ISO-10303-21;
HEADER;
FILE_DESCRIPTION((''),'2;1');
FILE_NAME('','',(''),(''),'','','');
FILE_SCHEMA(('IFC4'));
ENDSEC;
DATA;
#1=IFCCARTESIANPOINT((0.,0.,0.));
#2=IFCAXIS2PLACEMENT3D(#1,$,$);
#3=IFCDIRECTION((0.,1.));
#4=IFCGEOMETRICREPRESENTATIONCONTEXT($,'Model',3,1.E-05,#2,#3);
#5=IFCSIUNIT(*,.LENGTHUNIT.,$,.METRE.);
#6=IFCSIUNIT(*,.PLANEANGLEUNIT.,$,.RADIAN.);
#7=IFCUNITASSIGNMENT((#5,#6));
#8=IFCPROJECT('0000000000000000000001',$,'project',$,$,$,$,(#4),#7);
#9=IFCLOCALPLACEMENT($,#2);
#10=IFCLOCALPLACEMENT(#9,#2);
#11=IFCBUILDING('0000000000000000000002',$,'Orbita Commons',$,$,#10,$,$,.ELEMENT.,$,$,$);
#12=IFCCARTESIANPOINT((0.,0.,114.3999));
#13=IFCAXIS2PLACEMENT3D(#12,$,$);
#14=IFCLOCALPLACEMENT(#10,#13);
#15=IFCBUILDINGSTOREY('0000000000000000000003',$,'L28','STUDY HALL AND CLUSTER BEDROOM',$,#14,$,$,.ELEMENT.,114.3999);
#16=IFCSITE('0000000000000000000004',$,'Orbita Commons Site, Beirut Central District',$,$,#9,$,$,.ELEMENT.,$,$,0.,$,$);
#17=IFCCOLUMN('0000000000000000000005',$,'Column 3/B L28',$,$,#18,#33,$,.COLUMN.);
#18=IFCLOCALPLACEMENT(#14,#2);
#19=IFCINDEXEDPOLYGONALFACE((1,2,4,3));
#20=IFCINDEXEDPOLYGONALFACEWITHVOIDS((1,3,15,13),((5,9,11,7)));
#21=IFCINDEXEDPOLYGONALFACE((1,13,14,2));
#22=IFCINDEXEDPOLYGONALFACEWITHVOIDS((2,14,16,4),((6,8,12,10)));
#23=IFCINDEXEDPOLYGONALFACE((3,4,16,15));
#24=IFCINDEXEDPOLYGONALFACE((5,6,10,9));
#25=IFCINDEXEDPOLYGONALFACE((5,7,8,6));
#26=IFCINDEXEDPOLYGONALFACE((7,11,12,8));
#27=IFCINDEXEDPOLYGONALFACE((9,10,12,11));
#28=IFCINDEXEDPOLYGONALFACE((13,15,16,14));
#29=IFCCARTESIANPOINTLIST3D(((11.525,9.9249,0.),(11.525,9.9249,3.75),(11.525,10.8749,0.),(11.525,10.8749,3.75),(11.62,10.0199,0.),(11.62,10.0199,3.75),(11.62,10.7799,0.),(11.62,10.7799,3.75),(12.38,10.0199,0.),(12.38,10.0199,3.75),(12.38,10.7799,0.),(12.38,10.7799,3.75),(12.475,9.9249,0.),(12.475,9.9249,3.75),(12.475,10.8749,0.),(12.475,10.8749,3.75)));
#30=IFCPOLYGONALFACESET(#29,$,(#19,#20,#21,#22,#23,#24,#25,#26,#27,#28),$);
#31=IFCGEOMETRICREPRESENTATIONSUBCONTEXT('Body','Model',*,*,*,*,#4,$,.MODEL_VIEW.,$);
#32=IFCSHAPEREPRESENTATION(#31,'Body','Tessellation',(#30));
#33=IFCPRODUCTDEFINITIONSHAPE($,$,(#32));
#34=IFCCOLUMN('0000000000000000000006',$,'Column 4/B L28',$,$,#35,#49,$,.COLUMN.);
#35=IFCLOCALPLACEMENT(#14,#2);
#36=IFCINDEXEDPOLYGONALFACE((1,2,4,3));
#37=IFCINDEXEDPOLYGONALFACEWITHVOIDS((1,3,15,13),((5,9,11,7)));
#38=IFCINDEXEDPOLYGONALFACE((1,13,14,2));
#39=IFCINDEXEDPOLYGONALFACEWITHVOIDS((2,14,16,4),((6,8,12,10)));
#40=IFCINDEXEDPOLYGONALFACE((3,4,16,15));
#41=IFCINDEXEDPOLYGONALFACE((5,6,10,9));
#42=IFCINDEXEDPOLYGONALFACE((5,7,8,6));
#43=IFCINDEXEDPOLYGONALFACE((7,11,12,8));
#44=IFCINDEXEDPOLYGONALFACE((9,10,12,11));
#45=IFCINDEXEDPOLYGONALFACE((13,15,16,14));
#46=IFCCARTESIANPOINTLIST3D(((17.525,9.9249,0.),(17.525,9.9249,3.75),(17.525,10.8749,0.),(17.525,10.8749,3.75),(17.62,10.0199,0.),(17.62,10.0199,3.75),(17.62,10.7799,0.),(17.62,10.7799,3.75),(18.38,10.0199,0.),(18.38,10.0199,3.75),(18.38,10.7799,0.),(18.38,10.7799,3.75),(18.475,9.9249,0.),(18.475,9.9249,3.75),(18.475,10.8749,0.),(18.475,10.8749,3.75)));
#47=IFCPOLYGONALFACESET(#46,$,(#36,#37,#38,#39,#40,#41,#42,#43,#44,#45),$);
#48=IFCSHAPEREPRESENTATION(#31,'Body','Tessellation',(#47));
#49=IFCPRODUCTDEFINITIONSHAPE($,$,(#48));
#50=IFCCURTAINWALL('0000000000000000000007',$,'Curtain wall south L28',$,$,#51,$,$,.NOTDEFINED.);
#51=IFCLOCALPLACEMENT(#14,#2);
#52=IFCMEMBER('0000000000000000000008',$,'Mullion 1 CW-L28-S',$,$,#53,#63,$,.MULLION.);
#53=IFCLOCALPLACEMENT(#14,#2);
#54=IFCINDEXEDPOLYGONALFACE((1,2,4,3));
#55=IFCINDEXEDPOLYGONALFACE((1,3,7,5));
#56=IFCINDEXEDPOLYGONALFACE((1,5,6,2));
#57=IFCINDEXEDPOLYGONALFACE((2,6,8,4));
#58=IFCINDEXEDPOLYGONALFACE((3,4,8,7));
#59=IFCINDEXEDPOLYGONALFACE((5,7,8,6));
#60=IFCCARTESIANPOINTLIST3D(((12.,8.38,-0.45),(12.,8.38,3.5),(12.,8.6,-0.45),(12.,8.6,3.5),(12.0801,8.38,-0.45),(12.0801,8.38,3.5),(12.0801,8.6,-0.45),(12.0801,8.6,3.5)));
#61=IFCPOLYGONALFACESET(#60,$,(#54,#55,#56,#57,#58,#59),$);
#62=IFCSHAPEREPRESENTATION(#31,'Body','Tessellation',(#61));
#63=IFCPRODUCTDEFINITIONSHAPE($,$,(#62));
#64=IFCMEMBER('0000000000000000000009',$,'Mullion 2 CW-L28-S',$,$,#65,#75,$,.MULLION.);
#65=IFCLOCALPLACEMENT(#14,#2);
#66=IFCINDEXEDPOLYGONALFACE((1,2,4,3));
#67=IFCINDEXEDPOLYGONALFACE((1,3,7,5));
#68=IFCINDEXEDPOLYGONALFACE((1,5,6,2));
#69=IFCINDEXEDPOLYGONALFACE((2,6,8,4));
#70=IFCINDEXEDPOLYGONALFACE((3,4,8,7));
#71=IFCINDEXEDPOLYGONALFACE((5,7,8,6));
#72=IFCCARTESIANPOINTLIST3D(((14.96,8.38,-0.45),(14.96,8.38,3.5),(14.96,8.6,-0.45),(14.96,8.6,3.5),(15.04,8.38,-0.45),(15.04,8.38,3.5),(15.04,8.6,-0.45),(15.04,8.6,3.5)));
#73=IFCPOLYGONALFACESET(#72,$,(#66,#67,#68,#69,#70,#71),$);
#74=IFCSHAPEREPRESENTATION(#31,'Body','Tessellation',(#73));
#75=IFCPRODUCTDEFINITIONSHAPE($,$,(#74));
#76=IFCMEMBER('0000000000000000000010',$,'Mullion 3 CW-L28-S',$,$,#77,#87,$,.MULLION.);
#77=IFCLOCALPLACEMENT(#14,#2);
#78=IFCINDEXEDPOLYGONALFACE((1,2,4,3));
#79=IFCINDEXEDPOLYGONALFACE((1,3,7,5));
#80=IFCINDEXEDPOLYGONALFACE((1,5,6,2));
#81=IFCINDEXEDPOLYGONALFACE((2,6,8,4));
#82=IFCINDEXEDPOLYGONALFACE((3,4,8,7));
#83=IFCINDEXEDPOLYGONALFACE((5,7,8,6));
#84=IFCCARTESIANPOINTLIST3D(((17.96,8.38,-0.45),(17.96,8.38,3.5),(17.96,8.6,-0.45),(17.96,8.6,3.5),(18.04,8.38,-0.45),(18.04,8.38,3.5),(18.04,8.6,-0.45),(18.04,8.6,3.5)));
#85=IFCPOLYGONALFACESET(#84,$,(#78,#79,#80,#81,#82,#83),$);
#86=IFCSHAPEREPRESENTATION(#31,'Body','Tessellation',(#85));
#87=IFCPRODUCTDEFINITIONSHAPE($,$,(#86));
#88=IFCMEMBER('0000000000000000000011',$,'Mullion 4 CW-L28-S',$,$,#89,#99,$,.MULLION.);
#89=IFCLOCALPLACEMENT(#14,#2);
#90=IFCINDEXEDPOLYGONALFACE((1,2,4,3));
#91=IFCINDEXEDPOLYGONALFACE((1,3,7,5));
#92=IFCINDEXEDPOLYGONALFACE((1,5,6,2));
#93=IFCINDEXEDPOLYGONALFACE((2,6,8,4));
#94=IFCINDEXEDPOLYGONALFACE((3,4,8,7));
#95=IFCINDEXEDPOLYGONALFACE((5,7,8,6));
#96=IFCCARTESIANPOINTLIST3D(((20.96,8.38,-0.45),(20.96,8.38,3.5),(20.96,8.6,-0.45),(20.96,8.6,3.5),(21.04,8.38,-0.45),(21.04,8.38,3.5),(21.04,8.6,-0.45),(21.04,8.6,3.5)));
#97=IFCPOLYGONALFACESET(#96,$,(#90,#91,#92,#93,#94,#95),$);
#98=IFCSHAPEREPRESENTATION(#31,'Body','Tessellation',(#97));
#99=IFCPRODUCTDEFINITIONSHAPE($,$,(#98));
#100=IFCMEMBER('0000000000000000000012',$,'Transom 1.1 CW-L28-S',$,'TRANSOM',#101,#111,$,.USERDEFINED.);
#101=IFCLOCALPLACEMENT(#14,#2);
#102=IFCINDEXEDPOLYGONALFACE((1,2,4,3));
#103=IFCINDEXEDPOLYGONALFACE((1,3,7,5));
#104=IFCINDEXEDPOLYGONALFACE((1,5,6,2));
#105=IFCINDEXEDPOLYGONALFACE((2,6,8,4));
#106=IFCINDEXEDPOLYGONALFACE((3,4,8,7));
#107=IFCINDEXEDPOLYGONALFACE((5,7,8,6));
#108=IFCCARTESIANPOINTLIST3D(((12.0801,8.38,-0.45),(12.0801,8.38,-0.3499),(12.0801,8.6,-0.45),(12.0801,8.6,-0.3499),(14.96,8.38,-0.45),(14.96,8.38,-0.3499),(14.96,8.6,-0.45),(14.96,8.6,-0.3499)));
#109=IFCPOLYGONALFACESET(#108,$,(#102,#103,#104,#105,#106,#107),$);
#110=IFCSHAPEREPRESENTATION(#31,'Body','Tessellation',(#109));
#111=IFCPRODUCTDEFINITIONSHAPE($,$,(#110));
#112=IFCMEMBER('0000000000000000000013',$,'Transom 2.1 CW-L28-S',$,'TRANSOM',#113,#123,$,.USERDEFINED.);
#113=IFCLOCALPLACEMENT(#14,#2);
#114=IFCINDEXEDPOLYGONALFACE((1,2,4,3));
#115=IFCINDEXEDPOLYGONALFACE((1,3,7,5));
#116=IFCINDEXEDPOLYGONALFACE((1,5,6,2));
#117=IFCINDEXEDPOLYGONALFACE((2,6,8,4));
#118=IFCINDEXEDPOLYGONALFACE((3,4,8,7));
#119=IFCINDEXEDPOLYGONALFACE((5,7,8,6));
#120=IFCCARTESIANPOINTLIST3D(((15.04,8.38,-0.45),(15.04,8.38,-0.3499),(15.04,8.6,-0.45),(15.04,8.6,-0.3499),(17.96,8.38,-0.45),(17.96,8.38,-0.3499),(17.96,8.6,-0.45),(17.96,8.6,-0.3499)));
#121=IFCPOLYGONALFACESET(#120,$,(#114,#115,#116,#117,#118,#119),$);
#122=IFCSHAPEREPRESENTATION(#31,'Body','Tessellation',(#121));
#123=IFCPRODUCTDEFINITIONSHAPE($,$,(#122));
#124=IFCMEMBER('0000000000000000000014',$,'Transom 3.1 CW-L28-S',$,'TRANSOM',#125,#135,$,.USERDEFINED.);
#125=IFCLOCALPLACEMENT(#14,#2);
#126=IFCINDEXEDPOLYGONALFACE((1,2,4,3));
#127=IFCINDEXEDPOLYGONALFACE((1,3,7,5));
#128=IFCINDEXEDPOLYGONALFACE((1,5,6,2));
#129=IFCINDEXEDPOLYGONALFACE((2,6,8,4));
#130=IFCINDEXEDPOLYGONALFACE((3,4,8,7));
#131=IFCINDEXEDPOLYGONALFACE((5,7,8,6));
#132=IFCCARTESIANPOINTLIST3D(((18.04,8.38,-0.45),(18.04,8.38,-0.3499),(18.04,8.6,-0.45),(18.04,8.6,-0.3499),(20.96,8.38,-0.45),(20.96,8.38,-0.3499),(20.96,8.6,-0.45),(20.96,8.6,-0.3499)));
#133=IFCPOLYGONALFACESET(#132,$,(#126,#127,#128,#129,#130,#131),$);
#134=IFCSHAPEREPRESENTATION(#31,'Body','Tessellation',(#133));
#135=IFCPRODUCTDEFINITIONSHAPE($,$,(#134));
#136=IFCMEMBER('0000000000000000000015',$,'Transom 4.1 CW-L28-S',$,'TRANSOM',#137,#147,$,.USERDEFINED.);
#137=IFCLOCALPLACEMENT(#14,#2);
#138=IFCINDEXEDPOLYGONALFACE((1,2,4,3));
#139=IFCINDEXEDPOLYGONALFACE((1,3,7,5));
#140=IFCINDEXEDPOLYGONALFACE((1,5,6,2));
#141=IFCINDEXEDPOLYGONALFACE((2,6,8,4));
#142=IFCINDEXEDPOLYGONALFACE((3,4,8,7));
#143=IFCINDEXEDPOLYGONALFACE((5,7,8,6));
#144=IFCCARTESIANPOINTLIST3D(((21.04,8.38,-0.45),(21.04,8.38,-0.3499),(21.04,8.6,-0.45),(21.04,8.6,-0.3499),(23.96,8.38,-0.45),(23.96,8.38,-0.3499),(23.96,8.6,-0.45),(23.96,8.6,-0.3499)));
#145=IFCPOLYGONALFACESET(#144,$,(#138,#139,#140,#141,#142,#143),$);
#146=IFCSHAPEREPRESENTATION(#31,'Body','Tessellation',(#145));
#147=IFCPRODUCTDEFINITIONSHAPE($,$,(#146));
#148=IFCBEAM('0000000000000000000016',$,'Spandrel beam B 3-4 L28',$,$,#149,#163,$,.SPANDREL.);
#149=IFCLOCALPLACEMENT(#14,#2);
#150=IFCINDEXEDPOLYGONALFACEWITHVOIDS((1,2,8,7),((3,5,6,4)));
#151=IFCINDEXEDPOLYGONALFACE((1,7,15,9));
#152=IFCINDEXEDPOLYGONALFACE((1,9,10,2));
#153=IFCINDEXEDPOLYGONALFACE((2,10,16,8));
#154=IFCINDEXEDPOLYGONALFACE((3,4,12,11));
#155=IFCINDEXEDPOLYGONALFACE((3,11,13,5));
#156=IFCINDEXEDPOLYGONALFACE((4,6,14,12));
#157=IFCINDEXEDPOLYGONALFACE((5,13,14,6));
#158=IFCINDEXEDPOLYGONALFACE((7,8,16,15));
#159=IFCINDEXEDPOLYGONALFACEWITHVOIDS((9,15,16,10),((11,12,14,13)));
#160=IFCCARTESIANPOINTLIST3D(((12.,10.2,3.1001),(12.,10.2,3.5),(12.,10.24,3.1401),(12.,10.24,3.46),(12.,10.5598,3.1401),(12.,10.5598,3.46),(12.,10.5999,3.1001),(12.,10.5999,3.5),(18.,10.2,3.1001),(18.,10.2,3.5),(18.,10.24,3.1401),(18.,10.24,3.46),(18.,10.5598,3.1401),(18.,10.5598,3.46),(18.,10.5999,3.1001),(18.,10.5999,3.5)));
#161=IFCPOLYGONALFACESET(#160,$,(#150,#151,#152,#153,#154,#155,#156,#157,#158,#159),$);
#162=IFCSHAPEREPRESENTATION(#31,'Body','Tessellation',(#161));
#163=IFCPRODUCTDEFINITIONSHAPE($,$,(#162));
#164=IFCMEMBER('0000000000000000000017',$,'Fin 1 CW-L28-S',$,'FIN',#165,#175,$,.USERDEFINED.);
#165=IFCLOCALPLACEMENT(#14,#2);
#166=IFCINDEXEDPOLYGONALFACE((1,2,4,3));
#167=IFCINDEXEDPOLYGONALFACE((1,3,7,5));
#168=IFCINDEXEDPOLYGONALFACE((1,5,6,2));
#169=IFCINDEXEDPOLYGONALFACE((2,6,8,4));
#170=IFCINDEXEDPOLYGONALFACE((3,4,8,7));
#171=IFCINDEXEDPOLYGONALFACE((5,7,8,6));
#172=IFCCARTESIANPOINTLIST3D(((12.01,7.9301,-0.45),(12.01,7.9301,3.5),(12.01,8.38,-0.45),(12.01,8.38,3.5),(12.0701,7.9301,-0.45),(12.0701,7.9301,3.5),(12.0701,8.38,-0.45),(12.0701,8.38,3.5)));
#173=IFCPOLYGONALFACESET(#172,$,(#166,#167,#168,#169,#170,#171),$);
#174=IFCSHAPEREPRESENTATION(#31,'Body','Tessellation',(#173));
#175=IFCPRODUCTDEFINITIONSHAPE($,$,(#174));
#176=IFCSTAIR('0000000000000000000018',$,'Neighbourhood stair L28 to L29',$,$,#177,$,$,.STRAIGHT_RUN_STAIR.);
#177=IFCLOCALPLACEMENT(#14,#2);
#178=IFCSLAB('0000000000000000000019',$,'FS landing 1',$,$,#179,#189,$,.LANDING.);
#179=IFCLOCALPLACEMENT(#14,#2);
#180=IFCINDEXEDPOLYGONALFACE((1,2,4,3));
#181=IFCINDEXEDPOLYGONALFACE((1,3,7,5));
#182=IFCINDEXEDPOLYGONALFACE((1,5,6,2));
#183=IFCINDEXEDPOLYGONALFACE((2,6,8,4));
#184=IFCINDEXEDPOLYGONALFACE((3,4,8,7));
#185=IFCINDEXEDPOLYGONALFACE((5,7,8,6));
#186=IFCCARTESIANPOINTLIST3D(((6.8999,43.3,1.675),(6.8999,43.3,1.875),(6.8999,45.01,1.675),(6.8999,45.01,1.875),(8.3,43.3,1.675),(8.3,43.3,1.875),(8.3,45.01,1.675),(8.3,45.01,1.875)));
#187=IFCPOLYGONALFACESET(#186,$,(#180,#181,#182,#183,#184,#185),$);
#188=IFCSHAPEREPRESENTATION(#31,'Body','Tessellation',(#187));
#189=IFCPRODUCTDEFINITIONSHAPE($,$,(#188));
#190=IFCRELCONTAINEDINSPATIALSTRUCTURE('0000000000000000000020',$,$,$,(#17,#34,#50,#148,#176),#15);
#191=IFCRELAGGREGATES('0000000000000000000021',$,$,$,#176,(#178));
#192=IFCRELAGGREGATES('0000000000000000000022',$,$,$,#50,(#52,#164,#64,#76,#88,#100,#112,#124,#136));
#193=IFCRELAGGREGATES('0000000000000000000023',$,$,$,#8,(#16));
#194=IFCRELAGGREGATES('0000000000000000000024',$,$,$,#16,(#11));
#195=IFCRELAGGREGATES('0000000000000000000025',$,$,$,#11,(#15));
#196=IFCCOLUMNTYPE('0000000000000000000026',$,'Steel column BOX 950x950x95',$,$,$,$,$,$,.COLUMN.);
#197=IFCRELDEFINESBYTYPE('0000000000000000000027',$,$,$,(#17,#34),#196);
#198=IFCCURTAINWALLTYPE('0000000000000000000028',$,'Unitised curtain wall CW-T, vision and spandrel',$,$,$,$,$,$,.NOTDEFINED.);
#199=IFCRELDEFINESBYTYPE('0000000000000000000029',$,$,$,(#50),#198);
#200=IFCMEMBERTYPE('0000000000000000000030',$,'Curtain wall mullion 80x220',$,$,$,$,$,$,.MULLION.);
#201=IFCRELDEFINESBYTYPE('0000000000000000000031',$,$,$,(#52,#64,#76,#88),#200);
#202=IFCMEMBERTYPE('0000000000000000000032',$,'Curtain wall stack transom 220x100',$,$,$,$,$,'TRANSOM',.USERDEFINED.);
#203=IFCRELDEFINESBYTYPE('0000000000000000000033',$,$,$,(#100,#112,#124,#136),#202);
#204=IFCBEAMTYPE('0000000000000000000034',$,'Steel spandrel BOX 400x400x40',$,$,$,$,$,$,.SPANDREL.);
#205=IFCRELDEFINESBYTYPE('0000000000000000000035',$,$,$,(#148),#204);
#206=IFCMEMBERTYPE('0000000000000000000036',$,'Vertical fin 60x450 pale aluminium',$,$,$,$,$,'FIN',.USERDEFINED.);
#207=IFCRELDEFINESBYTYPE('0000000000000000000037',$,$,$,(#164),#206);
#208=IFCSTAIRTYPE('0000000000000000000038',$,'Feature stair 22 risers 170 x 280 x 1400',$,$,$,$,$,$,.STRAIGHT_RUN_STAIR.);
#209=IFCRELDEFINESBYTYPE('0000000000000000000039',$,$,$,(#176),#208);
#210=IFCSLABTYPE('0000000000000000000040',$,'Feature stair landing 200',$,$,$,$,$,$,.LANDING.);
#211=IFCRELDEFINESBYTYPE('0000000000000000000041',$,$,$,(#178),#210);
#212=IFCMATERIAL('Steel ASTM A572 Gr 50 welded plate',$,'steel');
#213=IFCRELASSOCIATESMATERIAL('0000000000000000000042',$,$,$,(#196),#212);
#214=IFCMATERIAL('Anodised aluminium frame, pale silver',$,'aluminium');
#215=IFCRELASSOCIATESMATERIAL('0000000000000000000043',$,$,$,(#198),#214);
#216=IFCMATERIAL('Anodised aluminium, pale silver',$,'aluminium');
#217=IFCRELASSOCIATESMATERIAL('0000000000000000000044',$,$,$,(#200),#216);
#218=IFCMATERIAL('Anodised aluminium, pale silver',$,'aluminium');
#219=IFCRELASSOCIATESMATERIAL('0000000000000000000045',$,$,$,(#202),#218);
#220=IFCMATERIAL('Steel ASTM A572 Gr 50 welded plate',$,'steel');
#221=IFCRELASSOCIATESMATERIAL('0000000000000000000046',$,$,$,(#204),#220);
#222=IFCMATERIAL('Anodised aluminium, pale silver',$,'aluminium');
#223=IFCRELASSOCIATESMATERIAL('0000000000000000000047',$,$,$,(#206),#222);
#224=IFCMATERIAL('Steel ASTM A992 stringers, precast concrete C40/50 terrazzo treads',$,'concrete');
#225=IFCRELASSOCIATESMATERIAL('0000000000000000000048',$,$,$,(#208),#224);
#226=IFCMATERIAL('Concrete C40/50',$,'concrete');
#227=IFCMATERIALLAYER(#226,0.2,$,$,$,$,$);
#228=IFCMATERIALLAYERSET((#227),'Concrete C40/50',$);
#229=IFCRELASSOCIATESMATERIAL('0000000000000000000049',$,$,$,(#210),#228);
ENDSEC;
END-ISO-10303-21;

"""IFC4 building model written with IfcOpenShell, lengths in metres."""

from ifc_helpers import new_model, si_unit, direction, frame, origin, origin_2d, place, context, subcontext, project, spatial, polyline, rectangle, hollow_rectangle, outline, extrude, material, layer, layer_set, material_profile, profile_set, type_object, element, aggregate, save


model = new_model("IFC4")

# Units and contexts
model_context = context("Model", 3, precision=1e-05, world=origin(), true_north=direction((0.0, 1.0)))
body_context = subcontext(model_context, "Body", "Model", "MODEL_VIEW")
ifc_project = project(units=[si_unit("LENGTHUNIT", "METRE"), si_unit("PLANEANGLEUNIT", "RADIAN")], contexts=[model_context])

# Site, building, storey
site_placement = place(None, origin())
site = spatial("IfcSite", under=ifc_project, at=site_placement, Name="Orbita Commons Site, Beirut Central District", CompositionType="ELEMENT", RefElevation=0.0)
building_placement = place(site_placement, origin())
building = spatial("IfcBuilding", under=site, at=building_placement, Name="Orbita Commons", CompositionType="ELEMENT")
storey_placement = place(building_placement, frame((0.0, 0.0, 114.3999)))
storey = spatial("IfcBuildingStorey", under=building, at=storey_placement, Name="L28", Description="STUDY HALL AND CLUSTER BEDROOM", CompositionType="ELEMENT", Elevation=114.3999)

# Columns
ifc_material_1 = material(Name="Steel ASTM A572 Gr 50 welded plate", Category="steel")
ifc_material_profile_1 = material_profile(ifc_material_1, hollow_rectangle(XDim=0.95, YDim=0.95, WallThickness=0.095, at=origin_2d()), Name="BOX 950x950x95")
ifc_profile_set_1 = profile_set([ifc_material_profile_1], Name="Steel ASTM A572 Gr 50 welded plate")
column_type = type_object("IfcColumnType", Name="Steel column BOX 950x950x95", PredefinedType="COLUMN", material=ifc_profile_set_1)
for number, where, z_axis, x_axis, name in (
    (1, (12.0, 10.3999, 0.0), (0.0, 0.0, 1.0), (1.0, 0.0, 0.0), "Column 3/B L28"),
    (2, (18.0, 10.3999, 0.0), (0.0, 0.0, 1.0), (1.0, 0.0, 0.0), "Column 4/B L28"),
):
    element("IfcColumn", number, at=place(storey_placement, frame(where, z_axis=z_axis, x_axis=x_axis)), inside=storey, type_object=column_type, Name=name, PredefinedType="COLUMN", context=body_context, shape_type="SweptSolid", body=[
        extrude(hollow_rectangle(XDim=0.95, YDim=0.95, WallThickness=0.095, at=origin_2d()), origin(), (0.0, 0.0, 1.0), 3.75),
    ])

# Curtain wall, members
ifc_material_2 = material(Name="Anodised aluminium frame, pale silver", Category="aluminium")
curtain_wall_type = type_object("IfcCurtainWallType", Name="Unitised curtain wall CW-T, vision and spandrel", PredefinedType="NOTDEFINED", material=ifc_material_2)
curtain_wall_placement = place(storey_placement, origin())
curtain_wall = element("IfcCurtainWall", 3, at=curtain_wall_placement, inside=storey, type_object=curtain_wall_type, Name="Curtain wall south L28", PredefinedType="NOTDEFINED")
ifc_material_3 = material(Name="Anodised aluminium, pale silver", Category="aluminium")
ifc_material_profile_2 = material_profile(ifc_material_3, rectangle(XDim=0.0801, YDim=0.22, at=origin_2d()), Name="AL 80x220")
ifc_profile_set_2 = profile_set([ifc_material_profile_2], Name="Anodised aluminium, pale silver")
member_type_1 = type_object("IfcMemberType", Name="Curtain wall mullion 80x220", PredefinedType="MULLION", material=ifc_profile_set_2)
member_1_placement = place(storey_placement, frame((12.04, 8.49, -0.45), z_axis=(0.0, 0.0, 1.0), x_axis=(1.0, 0.0, 0.0)))
member_1 = element("IfcMember", 4, at=member_1_placement, type_object=member_type_1, Name="Mullion 1 CW-L28-S", PredefinedType="MULLION", context=body_context, shape_type="SweptSolid", body=[
    extrude(rectangle(XDim=0.0801, YDim=0.22, at=origin_2d()), origin(), (0.0, 0.0, 1.0), 3.95),
])
member_2_placement = place(storey_placement, frame((15.0, 8.49, -0.45), z_axis=(0.0, 0.0, 1.0), x_axis=(1.0, 0.0, 0.0)))
member_2 = element("IfcMember", 5, at=member_2_placement, type_object=member_type_1, Name="Mullion 2 CW-L28-S", PredefinedType="MULLION", context=body_context, shape_type="SweptSolid", body=[
    extrude(rectangle(XDim=0.0801, YDim=0.22, at=origin_2d()), origin(), (0.0, 0.0, 1.0), 3.95),
])
member_3_placement = place(storey_placement, frame((18.0, 8.49, -0.45), z_axis=(0.0, 0.0, 1.0), x_axis=(1.0, 0.0, 0.0)))
member_3 = element("IfcMember", 6, at=member_3_placement, type_object=member_type_1, Name="Mullion 3 CW-L28-S", PredefinedType="MULLION", context=body_context, shape_type="SweptSolid", body=[
    extrude(rectangle(XDim=0.0801, YDim=0.22, at=origin_2d()), origin(), (0.0, 0.0, 1.0), 3.95),
])
member_4_placement = place(storey_placement, frame((21.0, 8.49, -0.45), z_axis=(0.0, 0.0, 1.0), x_axis=(1.0, 0.0, 0.0)))
member_4 = element("IfcMember", 7, at=member_4_placement, type_object=member_type_1, Name="Mullion 4 CW-L28-S", PredefinedType="MULLION", context=body_context, shape_type="SweptSolid", body=[
    extrude(rectangle(XDim=0.0801, YDim=0.22, at=origin_2d()), origin(), (0.0, 0.0, 1.0), 3.95),
])
ifc_material_4 = material(Name="Anodised aluminium, pale silver", Category="aluminium")
ifc_material_profile_3 = material_profile(ifc_material_4, rectangle(XDim=0.22, YDim=0.1001, at=origin_2d()), Name="AL 220x100")
ifc_profile_set_3 = profile_set([ifc_material_profile_3], Name="Anodised aluminium, pale silver")
member_type_2 = type_object("IfcMemberType", Name="Curtain wall stack transom 220x100", ElementType="TRANSOM", PredefinedType="USERDEFINED", material=ifc_profile_set_3)
member_5_placement = place(storey_placement, frame((12.0801, 8.49, -0.3999), z_axis=(1.0, 0.0, 0.0), x_axis=(0.0, 1.0, 0.0)))
member_5 = element("IfcMember", 8, at=member_5_placement, type_object=member_type_2, Name="Transom 1.1 CW-L28-S", ObjectType="TRANSOM", PredefinedType="USERDEFINED", context=body_context, shape_type="SweptSolid", body=[
    extrude(rectangle(XDim=0.22, YDim=0.1001, at=origin_2d()), origin(), (0.0, 0.0, 1.0), 2.8799),
])
member_6_placement = place(storey_placement, frame((15.04, 8.49, -0.3999), z_axis=(1.0, 0.0, 0.0), x_axis=(0.0, 1.0, 0.0)))
member_6 = element("IfcMember", 9, at=member_6_placement, type_object=member_type_2, Name="Transom 2.1 CW-L28-S", ObjectType="TRANSOM", PredefinedType="USERDEFINED", context=body_context, shape_type="SweptSolid", body=[
    extrude(rectangle(XDim=0.22, YDim=0.1001, at=origin_2d()), origin(), (0.0, 0.0, 1.0), 2.9199),
])
member_7_placement = place(storey_placement, frame((18.04, 8.49, -0.3999), z_axis=(1.0, 0.0, 0.0), x_axis=(0.0, 1.0, 0.0)))
member_7 = element("IfcMember", 10, at=member_7_placement, type_object=member_type_2, Name="Transom 3.1 CW-L28-S", ObjectType="TRANSOM", PredefinedType="USERDEFINED", context=body_context, shape_type="SweptSolid", body=[
    extrude(rectangle(XDim=0.22, YDim=0.1001, at=origin_2d()), origin(), (0.0, 0.0, 1.0), 2.9199),
])
member_8_placement = place(storey_placement, frame((21.04, 8.49, -0.3999), z_axis=(1.0, 0.0, 0.0), x_axis=(0.0, 1.0, 0.0)))
member_8 = element("IfcMember", 11, at=member_8_placement, type_object=member_type_2, Name="Transom 4.1 CW-L28-S", ObjectType="TRANSOM", PredefinedType="USERDEFINED", context=body_context, shape_type="SweptSolid", body=[
    extrude(rectangle(XDim=0.22, YDim=0.1001, at=origin_2d()), origin(), (0.0, 0.0, 1.0), 2.9199),
])

# Beam
ifc_material_5 = material(Name="Steel ASTM A572 Gr 50 welded plate", Category="steel")
ifc_material_profile_4 = material_profile(ifc_material_5, hollow_rectangle(XDim=0.3999, YDim=0.3999, WallThickness=0.04, at=origin_2d()), Name="BOX 400x400x40")
ifc_profile_set_4 = profile_set([ifc_material_profile_4], Name="Steel ASTM A572 Gr 50 welded plate")
beam_type = type_object("IfcBeamType", Name="Steel spandrel BOX 400x400x40", PredefinedType="SPANDREL", material=ifc_profile_set_4)
beam_placement = place(storey_placement, frame((12.0, 10.3999, 3.3), z_axis=(1.0, 0.0, 0.0), x_axis=(0.0, 1.0, 0.0)))
element("IfcBeam", 12, at=beam_placement, inside=storey, type_object=beam_type, Name="Spandrel beam B 3-4 L28", PredefinedType="SPANDREL", context=body_context, shape_type="SweptSolid", body=[
    extrude(hollow_rectangle(XDim=0.3999, YDim=0.3999, WallThickness=0.04, at=origin_2d()), origin(), (0.0, 0.0, 1.0), 6.0),
])

# Member
ifc_material_6 = material(Name="Anodised aluminium, pale silver", Category="aluminium")
ifc_material_profile_5 = material_profile(ifc_material_6, rectangle(XDim=0.0601, YDim=0.45, at=origin_2d()), Name="FIN 60x450")
ifc_profile_set_5 = profile_set([ifc_material_profile_5], Name="Anodised aluminium, pale silver")
member_type_3 = type_object("IfcMemberType", Name="Vertical fin 60x450 pale aluminium", ElementType="FIN", PredefinedType="USERDEFINED", material=ifc_profile_set_5)
member_9_placement = place(storey_placement, frame((12.04, 8.155, -0.45), z_axis=(0.0, 0.0, 1.0), x_axis=(1.0, 0.0, 0.0)))
member_9 = element("IfcMember", 13, at=member_9_placement, type_object=member_type_3, Name="Fin 1 CW-L28-S", ObjectType="FIN", PredefinedType="USERDEFINED", context=body_context, shape_type="SweptSolid", body=[
    extrude(rectangle(XDim=0.0601, YDim=0.45, at=origin_2d()), origin(), (0.0, 0.0, 1.0), 3.95),
])

# Stair, slab
ifc_material_7 = material(Name="Steel ASTM A992 stringers, precast concrete C40/50 terrazzo treads", Category="concrete")
stair_type_1 = type_object("IfcStairType", Name="Feature stair 22 risers 170 x 280 x 1400", PredefinedType="STRAIGHT_RUN_STAIR", material=ifc_material_7)
stair_1_placement = place(storey_placement, origin())
stair_1 = element("IfcStair", 14, at=stair_1_placement, inside=storey, type_object=stair_type_1, Name="Neighbourhood stair L28 to L29", PredefinedType="STRAIGHT_RUN_STAIR")
ifc_material_8 = material(Name="Concrete C40/50", Category="concrete")
ifc_layer_1 = layer(ifc_material_8, 0.2)
ifc_layer_set_1 = layer_set([ifc_layer_1], Name="Concrete C40/50")
slab_type_1 = type_object("IfcSlabType", Name="Feature stair landing 200", PredefinedType="LANDING", material=ifc_layer_set_1)
slab_1_placement = place(storey_placement, frame((0.0, 0.0, 1.675)))
slab_1 = element("IfcSlab", 15, at=slab_1_placement, type_object=slab_type_1, Name="FS landing 1", PredefinedType="LANDING", context=body_context, shape_type="SweptSolid", body=[
    extrude(outline(polyline([(6.8999, 43.3), (8.3, 43.3), (8.3, 45.01), (6.8999, 45.01), (6.8999, 43.3)])), origin(), (0.0, 0.0, 1.0), 0.2),
])
aggregate(stair_1, [slab_1])

aggregate(curtain_wall, [member_1, member_9, member_2, member_3, member_4, member_5, member_6, member_7, member_8])

save(model, "model.ifc")
